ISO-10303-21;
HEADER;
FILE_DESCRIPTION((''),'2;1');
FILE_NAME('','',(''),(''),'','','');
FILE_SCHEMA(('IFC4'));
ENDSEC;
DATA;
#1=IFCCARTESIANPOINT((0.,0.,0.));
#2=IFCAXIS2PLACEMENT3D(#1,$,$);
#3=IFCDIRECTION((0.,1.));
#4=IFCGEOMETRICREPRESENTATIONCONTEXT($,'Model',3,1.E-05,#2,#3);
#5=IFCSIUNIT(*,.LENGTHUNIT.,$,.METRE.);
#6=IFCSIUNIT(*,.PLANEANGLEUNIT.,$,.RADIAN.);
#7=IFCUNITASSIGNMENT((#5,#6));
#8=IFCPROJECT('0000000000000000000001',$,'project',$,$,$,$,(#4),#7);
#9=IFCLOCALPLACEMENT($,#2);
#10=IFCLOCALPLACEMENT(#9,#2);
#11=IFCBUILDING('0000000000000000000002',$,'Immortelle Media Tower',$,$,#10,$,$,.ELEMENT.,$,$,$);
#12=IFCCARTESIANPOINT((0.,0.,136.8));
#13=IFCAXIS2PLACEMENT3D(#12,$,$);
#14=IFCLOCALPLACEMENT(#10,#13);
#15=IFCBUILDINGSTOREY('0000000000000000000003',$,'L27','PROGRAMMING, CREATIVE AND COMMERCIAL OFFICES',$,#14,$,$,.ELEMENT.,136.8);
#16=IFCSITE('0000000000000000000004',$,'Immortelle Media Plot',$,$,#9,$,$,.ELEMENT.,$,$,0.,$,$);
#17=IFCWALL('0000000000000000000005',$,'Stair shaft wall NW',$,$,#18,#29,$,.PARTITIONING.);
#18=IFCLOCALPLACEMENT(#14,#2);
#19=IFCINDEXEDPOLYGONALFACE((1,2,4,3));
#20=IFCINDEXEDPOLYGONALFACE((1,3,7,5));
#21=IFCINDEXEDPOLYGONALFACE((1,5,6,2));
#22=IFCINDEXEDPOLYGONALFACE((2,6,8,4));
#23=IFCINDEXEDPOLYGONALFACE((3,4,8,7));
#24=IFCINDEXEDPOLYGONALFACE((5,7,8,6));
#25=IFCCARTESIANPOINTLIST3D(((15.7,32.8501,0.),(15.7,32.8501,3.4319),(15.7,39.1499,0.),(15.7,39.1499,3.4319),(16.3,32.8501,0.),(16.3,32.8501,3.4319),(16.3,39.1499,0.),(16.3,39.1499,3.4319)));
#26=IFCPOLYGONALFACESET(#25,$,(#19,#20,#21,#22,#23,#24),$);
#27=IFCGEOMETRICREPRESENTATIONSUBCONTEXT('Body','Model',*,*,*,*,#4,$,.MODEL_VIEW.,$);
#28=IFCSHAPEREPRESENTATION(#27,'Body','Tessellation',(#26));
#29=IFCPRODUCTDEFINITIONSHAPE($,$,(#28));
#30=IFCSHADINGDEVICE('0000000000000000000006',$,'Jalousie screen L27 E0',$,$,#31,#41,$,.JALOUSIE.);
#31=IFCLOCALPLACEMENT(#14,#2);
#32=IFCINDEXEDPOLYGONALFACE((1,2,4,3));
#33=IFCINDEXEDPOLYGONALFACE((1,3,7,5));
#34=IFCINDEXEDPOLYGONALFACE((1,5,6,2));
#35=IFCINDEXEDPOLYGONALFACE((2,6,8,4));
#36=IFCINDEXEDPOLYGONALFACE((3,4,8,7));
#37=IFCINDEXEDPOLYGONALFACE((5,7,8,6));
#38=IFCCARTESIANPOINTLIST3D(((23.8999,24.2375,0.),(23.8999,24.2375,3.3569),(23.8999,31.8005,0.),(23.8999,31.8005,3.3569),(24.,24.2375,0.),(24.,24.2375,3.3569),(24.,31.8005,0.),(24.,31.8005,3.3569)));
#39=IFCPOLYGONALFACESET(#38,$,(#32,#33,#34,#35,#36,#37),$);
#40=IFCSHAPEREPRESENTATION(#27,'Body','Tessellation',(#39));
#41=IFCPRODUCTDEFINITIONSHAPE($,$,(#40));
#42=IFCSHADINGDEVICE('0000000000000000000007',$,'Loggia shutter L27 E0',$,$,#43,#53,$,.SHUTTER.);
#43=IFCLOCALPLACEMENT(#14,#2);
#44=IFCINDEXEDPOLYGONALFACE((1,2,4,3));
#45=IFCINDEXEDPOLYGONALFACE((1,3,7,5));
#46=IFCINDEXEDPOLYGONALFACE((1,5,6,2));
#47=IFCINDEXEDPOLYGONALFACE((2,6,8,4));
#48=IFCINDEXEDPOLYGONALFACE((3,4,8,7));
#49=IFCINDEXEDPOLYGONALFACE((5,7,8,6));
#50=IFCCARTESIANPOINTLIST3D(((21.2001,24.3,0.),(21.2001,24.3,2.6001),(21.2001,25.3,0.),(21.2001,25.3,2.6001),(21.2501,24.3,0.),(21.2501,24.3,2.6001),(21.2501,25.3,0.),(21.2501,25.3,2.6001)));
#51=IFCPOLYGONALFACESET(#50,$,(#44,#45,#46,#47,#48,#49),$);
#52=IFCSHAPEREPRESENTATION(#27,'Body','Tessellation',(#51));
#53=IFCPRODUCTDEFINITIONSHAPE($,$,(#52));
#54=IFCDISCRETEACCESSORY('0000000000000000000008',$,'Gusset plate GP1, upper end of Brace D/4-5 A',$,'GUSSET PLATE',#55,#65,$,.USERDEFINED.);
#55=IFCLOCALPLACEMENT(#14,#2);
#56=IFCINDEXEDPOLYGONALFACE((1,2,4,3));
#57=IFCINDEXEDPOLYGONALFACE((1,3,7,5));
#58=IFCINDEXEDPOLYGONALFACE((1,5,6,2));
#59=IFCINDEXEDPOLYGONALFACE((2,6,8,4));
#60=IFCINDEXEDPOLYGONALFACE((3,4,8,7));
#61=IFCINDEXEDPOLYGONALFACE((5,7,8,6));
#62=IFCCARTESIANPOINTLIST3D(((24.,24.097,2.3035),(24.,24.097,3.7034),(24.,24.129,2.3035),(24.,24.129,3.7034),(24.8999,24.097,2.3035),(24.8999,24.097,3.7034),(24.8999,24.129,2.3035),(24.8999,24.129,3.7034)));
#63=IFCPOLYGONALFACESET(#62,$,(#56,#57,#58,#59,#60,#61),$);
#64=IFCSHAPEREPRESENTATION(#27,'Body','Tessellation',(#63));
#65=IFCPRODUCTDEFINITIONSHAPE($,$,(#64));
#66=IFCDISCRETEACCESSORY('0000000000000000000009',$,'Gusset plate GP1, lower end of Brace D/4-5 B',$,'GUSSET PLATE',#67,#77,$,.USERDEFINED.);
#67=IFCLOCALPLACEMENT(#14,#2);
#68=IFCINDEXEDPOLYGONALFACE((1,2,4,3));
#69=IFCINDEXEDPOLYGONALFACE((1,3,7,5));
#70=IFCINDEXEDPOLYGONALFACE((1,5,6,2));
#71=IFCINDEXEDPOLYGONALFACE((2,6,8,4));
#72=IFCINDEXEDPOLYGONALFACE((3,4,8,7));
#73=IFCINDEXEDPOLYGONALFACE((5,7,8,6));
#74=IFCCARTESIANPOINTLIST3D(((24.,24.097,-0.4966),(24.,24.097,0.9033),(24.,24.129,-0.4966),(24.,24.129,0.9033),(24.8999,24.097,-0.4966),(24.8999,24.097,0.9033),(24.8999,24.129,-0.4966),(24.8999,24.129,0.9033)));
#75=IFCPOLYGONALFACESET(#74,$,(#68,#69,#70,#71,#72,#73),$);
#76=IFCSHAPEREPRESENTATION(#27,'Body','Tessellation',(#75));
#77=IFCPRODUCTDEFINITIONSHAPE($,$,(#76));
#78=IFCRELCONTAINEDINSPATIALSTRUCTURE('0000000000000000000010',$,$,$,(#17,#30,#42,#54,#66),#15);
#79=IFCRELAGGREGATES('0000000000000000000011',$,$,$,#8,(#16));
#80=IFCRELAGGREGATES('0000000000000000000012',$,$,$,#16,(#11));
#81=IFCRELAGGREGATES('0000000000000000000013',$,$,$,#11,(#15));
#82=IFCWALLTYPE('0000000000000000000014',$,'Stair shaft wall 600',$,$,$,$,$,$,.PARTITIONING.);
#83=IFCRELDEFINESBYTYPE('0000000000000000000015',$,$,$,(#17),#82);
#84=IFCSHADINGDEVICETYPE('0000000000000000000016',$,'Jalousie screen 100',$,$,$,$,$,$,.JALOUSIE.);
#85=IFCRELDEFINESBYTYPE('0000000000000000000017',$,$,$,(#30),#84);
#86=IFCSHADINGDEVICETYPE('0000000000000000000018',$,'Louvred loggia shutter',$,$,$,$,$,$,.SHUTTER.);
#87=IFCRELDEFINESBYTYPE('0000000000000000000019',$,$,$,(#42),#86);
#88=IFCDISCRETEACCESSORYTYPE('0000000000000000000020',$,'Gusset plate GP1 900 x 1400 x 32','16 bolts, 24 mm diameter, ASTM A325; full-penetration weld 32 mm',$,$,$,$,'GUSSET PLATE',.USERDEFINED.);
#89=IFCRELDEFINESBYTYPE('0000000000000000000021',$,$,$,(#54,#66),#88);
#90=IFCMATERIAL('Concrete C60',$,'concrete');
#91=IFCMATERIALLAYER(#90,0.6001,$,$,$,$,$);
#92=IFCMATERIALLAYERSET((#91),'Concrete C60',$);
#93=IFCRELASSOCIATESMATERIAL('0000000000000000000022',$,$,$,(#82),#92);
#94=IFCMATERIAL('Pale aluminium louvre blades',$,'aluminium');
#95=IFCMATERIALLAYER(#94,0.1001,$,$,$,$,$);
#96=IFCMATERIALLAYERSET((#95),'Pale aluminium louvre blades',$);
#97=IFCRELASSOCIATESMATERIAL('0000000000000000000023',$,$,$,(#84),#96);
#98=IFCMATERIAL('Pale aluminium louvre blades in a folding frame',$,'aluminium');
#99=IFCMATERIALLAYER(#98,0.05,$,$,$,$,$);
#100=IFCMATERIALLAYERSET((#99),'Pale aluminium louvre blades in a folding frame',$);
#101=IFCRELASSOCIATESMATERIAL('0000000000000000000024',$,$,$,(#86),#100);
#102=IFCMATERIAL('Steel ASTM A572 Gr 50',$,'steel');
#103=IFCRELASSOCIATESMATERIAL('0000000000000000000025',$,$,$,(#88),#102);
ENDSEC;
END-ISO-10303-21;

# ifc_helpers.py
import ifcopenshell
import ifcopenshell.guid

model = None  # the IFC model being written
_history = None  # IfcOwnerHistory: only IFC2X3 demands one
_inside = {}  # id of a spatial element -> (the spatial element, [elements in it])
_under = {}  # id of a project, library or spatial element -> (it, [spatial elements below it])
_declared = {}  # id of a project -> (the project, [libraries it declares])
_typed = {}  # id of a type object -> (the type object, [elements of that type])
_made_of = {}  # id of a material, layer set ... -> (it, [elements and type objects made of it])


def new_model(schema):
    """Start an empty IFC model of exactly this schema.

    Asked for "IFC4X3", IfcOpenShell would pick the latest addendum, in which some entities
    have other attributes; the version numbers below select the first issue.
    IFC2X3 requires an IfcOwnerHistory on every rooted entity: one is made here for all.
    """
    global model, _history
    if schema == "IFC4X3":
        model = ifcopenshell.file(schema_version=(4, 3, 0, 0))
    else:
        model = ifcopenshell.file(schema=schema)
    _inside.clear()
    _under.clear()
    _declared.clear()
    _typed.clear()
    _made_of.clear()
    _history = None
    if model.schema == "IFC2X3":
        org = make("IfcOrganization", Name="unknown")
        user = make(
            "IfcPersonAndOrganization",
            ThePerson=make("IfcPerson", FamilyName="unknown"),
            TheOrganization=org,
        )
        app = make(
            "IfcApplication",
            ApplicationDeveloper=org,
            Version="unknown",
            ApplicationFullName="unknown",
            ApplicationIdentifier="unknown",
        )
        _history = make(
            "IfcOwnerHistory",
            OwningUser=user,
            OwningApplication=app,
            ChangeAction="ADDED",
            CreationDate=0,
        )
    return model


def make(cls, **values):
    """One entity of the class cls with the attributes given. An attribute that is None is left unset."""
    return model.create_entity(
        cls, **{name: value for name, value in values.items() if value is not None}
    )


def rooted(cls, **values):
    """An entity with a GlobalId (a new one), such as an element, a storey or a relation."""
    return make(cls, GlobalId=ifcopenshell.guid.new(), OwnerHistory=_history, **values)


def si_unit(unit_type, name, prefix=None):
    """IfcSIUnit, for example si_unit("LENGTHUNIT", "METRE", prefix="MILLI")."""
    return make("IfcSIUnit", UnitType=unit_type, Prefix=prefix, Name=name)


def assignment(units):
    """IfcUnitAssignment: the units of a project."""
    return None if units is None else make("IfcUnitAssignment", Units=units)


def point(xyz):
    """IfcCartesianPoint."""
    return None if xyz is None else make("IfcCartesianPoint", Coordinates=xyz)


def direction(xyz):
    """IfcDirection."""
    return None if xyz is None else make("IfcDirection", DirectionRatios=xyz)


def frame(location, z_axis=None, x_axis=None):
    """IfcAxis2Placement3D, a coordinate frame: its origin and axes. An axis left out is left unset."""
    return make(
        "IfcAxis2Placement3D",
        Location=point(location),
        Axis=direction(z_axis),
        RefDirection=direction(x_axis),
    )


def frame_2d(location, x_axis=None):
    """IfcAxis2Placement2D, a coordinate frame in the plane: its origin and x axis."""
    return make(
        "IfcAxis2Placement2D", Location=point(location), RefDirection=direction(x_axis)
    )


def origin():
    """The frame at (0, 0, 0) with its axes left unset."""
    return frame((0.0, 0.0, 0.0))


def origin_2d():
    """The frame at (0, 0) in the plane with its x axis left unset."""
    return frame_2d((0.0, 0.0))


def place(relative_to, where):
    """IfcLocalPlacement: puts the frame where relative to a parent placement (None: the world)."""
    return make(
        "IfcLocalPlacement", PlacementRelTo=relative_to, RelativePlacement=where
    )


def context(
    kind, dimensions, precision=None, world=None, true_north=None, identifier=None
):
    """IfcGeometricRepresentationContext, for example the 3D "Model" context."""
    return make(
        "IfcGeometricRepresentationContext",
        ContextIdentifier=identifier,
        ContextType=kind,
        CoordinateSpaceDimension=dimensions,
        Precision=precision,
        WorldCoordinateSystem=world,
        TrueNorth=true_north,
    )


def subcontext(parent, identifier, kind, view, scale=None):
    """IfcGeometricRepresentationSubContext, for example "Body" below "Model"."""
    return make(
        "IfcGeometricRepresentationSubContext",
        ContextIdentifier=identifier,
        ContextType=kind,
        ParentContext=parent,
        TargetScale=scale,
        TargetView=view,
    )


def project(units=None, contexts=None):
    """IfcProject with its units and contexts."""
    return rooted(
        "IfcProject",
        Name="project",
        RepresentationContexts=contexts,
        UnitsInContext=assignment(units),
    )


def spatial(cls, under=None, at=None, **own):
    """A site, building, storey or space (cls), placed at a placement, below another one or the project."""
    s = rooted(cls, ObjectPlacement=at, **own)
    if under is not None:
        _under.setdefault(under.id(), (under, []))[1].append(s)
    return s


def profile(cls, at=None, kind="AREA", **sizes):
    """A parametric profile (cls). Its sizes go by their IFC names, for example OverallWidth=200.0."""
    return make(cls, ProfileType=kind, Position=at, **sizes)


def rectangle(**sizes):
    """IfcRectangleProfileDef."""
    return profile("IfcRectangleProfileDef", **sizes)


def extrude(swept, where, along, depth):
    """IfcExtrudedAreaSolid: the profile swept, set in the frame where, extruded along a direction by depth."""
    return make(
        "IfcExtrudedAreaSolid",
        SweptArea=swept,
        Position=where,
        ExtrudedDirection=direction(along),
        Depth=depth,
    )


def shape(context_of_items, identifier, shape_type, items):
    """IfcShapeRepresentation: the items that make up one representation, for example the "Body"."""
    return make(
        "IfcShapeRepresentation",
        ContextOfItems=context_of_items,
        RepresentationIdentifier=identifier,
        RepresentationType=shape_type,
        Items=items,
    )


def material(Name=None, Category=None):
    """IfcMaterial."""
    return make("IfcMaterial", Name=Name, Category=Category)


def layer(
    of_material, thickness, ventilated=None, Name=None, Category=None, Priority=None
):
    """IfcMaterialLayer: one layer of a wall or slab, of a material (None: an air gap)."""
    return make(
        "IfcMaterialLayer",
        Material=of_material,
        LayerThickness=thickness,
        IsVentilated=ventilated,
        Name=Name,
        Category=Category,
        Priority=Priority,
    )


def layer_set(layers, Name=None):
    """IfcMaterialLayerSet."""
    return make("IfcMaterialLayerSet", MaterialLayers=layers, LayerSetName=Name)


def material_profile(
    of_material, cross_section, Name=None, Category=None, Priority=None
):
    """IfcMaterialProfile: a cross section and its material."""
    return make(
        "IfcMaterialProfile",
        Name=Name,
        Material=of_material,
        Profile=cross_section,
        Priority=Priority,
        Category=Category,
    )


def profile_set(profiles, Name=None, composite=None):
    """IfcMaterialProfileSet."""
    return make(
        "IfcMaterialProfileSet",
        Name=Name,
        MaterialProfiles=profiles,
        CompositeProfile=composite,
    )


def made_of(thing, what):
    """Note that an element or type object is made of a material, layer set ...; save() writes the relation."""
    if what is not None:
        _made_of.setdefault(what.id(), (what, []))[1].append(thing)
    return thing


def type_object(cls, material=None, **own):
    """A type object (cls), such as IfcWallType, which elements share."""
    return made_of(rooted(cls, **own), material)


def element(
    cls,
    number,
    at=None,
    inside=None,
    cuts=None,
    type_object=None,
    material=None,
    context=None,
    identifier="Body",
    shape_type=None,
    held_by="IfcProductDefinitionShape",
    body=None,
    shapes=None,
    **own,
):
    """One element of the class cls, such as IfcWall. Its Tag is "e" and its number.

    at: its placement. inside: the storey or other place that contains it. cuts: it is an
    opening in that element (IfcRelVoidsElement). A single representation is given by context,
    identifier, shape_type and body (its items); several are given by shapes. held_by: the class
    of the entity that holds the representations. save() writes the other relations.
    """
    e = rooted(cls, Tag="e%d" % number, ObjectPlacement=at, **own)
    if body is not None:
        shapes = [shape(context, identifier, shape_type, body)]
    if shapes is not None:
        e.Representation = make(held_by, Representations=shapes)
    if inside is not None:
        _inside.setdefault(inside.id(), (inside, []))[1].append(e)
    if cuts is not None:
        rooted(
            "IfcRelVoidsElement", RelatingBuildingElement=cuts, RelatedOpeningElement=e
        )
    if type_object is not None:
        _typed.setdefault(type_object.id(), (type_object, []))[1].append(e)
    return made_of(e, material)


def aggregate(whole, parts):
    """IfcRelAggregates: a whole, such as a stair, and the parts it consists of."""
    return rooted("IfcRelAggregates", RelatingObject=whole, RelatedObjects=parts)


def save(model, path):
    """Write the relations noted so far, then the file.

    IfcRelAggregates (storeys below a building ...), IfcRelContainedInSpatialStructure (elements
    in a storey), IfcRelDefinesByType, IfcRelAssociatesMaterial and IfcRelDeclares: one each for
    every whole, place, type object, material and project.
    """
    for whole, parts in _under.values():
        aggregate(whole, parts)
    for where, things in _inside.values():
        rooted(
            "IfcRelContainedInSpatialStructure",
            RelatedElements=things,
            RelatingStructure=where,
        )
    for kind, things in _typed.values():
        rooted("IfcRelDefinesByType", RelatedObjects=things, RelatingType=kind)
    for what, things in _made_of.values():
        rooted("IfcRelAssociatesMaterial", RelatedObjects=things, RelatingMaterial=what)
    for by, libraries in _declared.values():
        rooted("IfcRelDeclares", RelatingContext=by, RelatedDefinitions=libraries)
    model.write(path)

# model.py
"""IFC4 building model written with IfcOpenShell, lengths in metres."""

from ifc_helpers import new_model, si_unit, direction, frame, frame_2d, origin, origin_2d, place, context, subcontext, project, spatial, rectangle, extrude, material, layer, layer_set, material_profile, profile_set, type_object, element, save


model = new_model("IFC4")

# Units and contexts
model_context = context("Model", 3, precision=1e-05, world=origin(), true_north=direction((0.0, 1.0)))
body_context = subcontext(model_context, "Body", "Model", "MODEL_VIEW")
ifc_project = project(units=[si_unit("LENGTHUNIT", "METRE"), si_unit("PLANEANGLEUNIT", "RADIAN")], contexts=[model_context])

# Site, building, storey
site_placement = place(None, origin())
site = spatial("IfcSite", under=ifc_project, at=site_placement, Name="Immortelle Media Plot", CompositionType="ELEMENT", RefElevation=0.0)
building_placement = place(site_placement, origin())
building = spatial("IfcBuilding", under=site, at=building_placement, Name="Immortelle Media Tower", CompositionType="ELEMENT")
storey_placement = place(building_placement, frame((0.0, 0.0, 136.8)))
storey = spatial("IfcBuildingStorey", under=building, at=storey_placement, Name="L27", Description="PROGRAMMING, CREATIVE AND COMMERCIAL OFFICES", CompositionType="ELEMENT", Elevation=136.8)

# Wall
ifc_material_1 = material(Name="Concrete C60", Category="concrete")
ifc_layer_1 = layer(ifc_material_1, 0.6001)
ifc_layer_set_1 = layer_set([ifc_layer_1], Name="Concrete C60")
wall_type_1 = type_object("IfcWallType", Name="Stair shaft wall 600", PredefinedType="PARTITIONING", material=ifc_layer_set_1)
wall_1_placement = place(storey_placement, frame((16.0, 32.8501, 0.0), z_axis=(0.0, 0.0, 1.0), x_axis=(0.0, 1.0, 0.0)))
element("IfcWall", 1, at=wall_1_placement, inside=storey, type_object=wall_type_1, Name="Stair shaft wall NW", PredefinedType="PARTITIONING", context=body_context, shape_type="SweptSolid", body=[
    extrude(rectangle(XDim=6.2998, YDim=0.6001, at=frame_2d((3.1499, 0.0))), origin(), (0.0, 0.0, 1.0), 3.4319),
])

# Shading devices
ifc_material_2 = material(Name="Pale aluminium louvre blades", Category="aluminium")
ifc_layer_2 = layer(ifc_material_2, 0.1001)
ifc_layer_set_2 = layer_set([ifc_layer_2], Name="Pale aluminium louvre blades")
shading_device_type_1 = type_object("IfcShadingDeviceType", Name="Jalousie screen 100", PredefinedType="JALOUSIE", material=ifc_layer_set_2)
shading_device_1_placement = place(storey_placement, frame((23.95, 28.019, 0.0), z_axis=(0.0, 0.0, 1.0), x_axis=(0.0, 1.0, 0.0)))
element("IfcShadingDevice", 2, at=shading_device_1_placement, inside=storey, type_object=shading_device_type_1, Name="Jalousie screen L27 E0", PredefinedType="JALOUSIE", context=body_context, shape_type="SweptSolid", body=[
    extrude(rectangle(XDim=7.563, YDim=0.1001, at=origin_2d()), origin(), (0.0, 0.0, 1.0), 3.3569),
])
ifc_material_3 = material(Name="Pale aluminium louvre blades in a folding frame", Category="aluminium")
ifc_layer_3 = layer(ifc_material_3, 0.05)
ifc_layer_set_3 = layer_set([ifc_layer_3], Name="Pale aluminium louvre blades in a folding frame")
shading_device_type_2 = type_object("IfcShadingDeviceType", Name="Louvred loggia shutter", PredefinedType="SHUTTER", material=ifc_layer_set_3)
shading_device_2_placement = place(storey_placement, frame((21.2251, 24.8, 0.0), z_axis=(0.0, 0.0, 1.0), x_axis=(0.0, 1.0, 0.0)))
element("IfcShadingDevice", 3, at=shading_device_2_placement, inside=storey, type_object=shading_device_type_2, Name="Loggia shutter L27 E0", PredefinedType="SHUTTER", context=body_context, shape_type="SweptSolid", body=[
    extrude(rectangle(XDim=1.0, YDim=0.05, at=origin_2d()), origin(), (0.0, 0.0, 1.0), 2.6001),
])

# Discrete accessories
ifc_material_4 = material(Name="Steel ASTM A572 Gr 50", Category="steel")
ifc_material_profile_1 = material_profile(ifc_material_4, rectangle(XDim=0.032, YDim=1.3999, at=origin_2d()), Name="PL 32 x 1400")
ifc_profile_set_1 = profile_set([ifc_material_profile_1], Name="Steel ASTM A572 Gr 50")
discrete_accessory_type = type_object("IfcDiscreteAccessoryType", Name="Gusset plate GP1 900 x 1400 x 32", Description="16 bolts, 24 mm diameter, ASTM A325; full-penetration weld 32 mm", ElementType="GUSSET PLATE", PredefinedType="USERDEFINED", material=ifc_profile_set_1)
for number, where, z_axis, x_axis, name in (
    (4, (24.0, 24.113, 3.0034), (1.0, 0.0, 0.0), (0.0, 1.0, 0.0), "Gusset plate GP1, upper end of Brace D/4-5 A"),
    (5, (24.0, 24.113, 0.2034), (1.0, 0.0, 0.0), (0.0, 1.0, 0.0), "Gusset plate GP1, lower end of Brace D/4-5 B"),
):
    element("IfcDiscreteAccessory", number, at=place(storey_placement, frame(where, z_axis=z_axis, x_axis=x_axis)), inside=storey, type_object=discrete_accessory_type, Name=name, ObjectType="GUSSET PLATE", PredefinedType="USERDEFINED", context=body_context, shape_type="SweptSolid", body=[
        extrude(rectangle(XDim=0.032, YDim=1.3999, at=origin_2d()), origin(), (0.0, 0.0, 1.0), 0.8999),
    ])

save(model, "model.ifc")
